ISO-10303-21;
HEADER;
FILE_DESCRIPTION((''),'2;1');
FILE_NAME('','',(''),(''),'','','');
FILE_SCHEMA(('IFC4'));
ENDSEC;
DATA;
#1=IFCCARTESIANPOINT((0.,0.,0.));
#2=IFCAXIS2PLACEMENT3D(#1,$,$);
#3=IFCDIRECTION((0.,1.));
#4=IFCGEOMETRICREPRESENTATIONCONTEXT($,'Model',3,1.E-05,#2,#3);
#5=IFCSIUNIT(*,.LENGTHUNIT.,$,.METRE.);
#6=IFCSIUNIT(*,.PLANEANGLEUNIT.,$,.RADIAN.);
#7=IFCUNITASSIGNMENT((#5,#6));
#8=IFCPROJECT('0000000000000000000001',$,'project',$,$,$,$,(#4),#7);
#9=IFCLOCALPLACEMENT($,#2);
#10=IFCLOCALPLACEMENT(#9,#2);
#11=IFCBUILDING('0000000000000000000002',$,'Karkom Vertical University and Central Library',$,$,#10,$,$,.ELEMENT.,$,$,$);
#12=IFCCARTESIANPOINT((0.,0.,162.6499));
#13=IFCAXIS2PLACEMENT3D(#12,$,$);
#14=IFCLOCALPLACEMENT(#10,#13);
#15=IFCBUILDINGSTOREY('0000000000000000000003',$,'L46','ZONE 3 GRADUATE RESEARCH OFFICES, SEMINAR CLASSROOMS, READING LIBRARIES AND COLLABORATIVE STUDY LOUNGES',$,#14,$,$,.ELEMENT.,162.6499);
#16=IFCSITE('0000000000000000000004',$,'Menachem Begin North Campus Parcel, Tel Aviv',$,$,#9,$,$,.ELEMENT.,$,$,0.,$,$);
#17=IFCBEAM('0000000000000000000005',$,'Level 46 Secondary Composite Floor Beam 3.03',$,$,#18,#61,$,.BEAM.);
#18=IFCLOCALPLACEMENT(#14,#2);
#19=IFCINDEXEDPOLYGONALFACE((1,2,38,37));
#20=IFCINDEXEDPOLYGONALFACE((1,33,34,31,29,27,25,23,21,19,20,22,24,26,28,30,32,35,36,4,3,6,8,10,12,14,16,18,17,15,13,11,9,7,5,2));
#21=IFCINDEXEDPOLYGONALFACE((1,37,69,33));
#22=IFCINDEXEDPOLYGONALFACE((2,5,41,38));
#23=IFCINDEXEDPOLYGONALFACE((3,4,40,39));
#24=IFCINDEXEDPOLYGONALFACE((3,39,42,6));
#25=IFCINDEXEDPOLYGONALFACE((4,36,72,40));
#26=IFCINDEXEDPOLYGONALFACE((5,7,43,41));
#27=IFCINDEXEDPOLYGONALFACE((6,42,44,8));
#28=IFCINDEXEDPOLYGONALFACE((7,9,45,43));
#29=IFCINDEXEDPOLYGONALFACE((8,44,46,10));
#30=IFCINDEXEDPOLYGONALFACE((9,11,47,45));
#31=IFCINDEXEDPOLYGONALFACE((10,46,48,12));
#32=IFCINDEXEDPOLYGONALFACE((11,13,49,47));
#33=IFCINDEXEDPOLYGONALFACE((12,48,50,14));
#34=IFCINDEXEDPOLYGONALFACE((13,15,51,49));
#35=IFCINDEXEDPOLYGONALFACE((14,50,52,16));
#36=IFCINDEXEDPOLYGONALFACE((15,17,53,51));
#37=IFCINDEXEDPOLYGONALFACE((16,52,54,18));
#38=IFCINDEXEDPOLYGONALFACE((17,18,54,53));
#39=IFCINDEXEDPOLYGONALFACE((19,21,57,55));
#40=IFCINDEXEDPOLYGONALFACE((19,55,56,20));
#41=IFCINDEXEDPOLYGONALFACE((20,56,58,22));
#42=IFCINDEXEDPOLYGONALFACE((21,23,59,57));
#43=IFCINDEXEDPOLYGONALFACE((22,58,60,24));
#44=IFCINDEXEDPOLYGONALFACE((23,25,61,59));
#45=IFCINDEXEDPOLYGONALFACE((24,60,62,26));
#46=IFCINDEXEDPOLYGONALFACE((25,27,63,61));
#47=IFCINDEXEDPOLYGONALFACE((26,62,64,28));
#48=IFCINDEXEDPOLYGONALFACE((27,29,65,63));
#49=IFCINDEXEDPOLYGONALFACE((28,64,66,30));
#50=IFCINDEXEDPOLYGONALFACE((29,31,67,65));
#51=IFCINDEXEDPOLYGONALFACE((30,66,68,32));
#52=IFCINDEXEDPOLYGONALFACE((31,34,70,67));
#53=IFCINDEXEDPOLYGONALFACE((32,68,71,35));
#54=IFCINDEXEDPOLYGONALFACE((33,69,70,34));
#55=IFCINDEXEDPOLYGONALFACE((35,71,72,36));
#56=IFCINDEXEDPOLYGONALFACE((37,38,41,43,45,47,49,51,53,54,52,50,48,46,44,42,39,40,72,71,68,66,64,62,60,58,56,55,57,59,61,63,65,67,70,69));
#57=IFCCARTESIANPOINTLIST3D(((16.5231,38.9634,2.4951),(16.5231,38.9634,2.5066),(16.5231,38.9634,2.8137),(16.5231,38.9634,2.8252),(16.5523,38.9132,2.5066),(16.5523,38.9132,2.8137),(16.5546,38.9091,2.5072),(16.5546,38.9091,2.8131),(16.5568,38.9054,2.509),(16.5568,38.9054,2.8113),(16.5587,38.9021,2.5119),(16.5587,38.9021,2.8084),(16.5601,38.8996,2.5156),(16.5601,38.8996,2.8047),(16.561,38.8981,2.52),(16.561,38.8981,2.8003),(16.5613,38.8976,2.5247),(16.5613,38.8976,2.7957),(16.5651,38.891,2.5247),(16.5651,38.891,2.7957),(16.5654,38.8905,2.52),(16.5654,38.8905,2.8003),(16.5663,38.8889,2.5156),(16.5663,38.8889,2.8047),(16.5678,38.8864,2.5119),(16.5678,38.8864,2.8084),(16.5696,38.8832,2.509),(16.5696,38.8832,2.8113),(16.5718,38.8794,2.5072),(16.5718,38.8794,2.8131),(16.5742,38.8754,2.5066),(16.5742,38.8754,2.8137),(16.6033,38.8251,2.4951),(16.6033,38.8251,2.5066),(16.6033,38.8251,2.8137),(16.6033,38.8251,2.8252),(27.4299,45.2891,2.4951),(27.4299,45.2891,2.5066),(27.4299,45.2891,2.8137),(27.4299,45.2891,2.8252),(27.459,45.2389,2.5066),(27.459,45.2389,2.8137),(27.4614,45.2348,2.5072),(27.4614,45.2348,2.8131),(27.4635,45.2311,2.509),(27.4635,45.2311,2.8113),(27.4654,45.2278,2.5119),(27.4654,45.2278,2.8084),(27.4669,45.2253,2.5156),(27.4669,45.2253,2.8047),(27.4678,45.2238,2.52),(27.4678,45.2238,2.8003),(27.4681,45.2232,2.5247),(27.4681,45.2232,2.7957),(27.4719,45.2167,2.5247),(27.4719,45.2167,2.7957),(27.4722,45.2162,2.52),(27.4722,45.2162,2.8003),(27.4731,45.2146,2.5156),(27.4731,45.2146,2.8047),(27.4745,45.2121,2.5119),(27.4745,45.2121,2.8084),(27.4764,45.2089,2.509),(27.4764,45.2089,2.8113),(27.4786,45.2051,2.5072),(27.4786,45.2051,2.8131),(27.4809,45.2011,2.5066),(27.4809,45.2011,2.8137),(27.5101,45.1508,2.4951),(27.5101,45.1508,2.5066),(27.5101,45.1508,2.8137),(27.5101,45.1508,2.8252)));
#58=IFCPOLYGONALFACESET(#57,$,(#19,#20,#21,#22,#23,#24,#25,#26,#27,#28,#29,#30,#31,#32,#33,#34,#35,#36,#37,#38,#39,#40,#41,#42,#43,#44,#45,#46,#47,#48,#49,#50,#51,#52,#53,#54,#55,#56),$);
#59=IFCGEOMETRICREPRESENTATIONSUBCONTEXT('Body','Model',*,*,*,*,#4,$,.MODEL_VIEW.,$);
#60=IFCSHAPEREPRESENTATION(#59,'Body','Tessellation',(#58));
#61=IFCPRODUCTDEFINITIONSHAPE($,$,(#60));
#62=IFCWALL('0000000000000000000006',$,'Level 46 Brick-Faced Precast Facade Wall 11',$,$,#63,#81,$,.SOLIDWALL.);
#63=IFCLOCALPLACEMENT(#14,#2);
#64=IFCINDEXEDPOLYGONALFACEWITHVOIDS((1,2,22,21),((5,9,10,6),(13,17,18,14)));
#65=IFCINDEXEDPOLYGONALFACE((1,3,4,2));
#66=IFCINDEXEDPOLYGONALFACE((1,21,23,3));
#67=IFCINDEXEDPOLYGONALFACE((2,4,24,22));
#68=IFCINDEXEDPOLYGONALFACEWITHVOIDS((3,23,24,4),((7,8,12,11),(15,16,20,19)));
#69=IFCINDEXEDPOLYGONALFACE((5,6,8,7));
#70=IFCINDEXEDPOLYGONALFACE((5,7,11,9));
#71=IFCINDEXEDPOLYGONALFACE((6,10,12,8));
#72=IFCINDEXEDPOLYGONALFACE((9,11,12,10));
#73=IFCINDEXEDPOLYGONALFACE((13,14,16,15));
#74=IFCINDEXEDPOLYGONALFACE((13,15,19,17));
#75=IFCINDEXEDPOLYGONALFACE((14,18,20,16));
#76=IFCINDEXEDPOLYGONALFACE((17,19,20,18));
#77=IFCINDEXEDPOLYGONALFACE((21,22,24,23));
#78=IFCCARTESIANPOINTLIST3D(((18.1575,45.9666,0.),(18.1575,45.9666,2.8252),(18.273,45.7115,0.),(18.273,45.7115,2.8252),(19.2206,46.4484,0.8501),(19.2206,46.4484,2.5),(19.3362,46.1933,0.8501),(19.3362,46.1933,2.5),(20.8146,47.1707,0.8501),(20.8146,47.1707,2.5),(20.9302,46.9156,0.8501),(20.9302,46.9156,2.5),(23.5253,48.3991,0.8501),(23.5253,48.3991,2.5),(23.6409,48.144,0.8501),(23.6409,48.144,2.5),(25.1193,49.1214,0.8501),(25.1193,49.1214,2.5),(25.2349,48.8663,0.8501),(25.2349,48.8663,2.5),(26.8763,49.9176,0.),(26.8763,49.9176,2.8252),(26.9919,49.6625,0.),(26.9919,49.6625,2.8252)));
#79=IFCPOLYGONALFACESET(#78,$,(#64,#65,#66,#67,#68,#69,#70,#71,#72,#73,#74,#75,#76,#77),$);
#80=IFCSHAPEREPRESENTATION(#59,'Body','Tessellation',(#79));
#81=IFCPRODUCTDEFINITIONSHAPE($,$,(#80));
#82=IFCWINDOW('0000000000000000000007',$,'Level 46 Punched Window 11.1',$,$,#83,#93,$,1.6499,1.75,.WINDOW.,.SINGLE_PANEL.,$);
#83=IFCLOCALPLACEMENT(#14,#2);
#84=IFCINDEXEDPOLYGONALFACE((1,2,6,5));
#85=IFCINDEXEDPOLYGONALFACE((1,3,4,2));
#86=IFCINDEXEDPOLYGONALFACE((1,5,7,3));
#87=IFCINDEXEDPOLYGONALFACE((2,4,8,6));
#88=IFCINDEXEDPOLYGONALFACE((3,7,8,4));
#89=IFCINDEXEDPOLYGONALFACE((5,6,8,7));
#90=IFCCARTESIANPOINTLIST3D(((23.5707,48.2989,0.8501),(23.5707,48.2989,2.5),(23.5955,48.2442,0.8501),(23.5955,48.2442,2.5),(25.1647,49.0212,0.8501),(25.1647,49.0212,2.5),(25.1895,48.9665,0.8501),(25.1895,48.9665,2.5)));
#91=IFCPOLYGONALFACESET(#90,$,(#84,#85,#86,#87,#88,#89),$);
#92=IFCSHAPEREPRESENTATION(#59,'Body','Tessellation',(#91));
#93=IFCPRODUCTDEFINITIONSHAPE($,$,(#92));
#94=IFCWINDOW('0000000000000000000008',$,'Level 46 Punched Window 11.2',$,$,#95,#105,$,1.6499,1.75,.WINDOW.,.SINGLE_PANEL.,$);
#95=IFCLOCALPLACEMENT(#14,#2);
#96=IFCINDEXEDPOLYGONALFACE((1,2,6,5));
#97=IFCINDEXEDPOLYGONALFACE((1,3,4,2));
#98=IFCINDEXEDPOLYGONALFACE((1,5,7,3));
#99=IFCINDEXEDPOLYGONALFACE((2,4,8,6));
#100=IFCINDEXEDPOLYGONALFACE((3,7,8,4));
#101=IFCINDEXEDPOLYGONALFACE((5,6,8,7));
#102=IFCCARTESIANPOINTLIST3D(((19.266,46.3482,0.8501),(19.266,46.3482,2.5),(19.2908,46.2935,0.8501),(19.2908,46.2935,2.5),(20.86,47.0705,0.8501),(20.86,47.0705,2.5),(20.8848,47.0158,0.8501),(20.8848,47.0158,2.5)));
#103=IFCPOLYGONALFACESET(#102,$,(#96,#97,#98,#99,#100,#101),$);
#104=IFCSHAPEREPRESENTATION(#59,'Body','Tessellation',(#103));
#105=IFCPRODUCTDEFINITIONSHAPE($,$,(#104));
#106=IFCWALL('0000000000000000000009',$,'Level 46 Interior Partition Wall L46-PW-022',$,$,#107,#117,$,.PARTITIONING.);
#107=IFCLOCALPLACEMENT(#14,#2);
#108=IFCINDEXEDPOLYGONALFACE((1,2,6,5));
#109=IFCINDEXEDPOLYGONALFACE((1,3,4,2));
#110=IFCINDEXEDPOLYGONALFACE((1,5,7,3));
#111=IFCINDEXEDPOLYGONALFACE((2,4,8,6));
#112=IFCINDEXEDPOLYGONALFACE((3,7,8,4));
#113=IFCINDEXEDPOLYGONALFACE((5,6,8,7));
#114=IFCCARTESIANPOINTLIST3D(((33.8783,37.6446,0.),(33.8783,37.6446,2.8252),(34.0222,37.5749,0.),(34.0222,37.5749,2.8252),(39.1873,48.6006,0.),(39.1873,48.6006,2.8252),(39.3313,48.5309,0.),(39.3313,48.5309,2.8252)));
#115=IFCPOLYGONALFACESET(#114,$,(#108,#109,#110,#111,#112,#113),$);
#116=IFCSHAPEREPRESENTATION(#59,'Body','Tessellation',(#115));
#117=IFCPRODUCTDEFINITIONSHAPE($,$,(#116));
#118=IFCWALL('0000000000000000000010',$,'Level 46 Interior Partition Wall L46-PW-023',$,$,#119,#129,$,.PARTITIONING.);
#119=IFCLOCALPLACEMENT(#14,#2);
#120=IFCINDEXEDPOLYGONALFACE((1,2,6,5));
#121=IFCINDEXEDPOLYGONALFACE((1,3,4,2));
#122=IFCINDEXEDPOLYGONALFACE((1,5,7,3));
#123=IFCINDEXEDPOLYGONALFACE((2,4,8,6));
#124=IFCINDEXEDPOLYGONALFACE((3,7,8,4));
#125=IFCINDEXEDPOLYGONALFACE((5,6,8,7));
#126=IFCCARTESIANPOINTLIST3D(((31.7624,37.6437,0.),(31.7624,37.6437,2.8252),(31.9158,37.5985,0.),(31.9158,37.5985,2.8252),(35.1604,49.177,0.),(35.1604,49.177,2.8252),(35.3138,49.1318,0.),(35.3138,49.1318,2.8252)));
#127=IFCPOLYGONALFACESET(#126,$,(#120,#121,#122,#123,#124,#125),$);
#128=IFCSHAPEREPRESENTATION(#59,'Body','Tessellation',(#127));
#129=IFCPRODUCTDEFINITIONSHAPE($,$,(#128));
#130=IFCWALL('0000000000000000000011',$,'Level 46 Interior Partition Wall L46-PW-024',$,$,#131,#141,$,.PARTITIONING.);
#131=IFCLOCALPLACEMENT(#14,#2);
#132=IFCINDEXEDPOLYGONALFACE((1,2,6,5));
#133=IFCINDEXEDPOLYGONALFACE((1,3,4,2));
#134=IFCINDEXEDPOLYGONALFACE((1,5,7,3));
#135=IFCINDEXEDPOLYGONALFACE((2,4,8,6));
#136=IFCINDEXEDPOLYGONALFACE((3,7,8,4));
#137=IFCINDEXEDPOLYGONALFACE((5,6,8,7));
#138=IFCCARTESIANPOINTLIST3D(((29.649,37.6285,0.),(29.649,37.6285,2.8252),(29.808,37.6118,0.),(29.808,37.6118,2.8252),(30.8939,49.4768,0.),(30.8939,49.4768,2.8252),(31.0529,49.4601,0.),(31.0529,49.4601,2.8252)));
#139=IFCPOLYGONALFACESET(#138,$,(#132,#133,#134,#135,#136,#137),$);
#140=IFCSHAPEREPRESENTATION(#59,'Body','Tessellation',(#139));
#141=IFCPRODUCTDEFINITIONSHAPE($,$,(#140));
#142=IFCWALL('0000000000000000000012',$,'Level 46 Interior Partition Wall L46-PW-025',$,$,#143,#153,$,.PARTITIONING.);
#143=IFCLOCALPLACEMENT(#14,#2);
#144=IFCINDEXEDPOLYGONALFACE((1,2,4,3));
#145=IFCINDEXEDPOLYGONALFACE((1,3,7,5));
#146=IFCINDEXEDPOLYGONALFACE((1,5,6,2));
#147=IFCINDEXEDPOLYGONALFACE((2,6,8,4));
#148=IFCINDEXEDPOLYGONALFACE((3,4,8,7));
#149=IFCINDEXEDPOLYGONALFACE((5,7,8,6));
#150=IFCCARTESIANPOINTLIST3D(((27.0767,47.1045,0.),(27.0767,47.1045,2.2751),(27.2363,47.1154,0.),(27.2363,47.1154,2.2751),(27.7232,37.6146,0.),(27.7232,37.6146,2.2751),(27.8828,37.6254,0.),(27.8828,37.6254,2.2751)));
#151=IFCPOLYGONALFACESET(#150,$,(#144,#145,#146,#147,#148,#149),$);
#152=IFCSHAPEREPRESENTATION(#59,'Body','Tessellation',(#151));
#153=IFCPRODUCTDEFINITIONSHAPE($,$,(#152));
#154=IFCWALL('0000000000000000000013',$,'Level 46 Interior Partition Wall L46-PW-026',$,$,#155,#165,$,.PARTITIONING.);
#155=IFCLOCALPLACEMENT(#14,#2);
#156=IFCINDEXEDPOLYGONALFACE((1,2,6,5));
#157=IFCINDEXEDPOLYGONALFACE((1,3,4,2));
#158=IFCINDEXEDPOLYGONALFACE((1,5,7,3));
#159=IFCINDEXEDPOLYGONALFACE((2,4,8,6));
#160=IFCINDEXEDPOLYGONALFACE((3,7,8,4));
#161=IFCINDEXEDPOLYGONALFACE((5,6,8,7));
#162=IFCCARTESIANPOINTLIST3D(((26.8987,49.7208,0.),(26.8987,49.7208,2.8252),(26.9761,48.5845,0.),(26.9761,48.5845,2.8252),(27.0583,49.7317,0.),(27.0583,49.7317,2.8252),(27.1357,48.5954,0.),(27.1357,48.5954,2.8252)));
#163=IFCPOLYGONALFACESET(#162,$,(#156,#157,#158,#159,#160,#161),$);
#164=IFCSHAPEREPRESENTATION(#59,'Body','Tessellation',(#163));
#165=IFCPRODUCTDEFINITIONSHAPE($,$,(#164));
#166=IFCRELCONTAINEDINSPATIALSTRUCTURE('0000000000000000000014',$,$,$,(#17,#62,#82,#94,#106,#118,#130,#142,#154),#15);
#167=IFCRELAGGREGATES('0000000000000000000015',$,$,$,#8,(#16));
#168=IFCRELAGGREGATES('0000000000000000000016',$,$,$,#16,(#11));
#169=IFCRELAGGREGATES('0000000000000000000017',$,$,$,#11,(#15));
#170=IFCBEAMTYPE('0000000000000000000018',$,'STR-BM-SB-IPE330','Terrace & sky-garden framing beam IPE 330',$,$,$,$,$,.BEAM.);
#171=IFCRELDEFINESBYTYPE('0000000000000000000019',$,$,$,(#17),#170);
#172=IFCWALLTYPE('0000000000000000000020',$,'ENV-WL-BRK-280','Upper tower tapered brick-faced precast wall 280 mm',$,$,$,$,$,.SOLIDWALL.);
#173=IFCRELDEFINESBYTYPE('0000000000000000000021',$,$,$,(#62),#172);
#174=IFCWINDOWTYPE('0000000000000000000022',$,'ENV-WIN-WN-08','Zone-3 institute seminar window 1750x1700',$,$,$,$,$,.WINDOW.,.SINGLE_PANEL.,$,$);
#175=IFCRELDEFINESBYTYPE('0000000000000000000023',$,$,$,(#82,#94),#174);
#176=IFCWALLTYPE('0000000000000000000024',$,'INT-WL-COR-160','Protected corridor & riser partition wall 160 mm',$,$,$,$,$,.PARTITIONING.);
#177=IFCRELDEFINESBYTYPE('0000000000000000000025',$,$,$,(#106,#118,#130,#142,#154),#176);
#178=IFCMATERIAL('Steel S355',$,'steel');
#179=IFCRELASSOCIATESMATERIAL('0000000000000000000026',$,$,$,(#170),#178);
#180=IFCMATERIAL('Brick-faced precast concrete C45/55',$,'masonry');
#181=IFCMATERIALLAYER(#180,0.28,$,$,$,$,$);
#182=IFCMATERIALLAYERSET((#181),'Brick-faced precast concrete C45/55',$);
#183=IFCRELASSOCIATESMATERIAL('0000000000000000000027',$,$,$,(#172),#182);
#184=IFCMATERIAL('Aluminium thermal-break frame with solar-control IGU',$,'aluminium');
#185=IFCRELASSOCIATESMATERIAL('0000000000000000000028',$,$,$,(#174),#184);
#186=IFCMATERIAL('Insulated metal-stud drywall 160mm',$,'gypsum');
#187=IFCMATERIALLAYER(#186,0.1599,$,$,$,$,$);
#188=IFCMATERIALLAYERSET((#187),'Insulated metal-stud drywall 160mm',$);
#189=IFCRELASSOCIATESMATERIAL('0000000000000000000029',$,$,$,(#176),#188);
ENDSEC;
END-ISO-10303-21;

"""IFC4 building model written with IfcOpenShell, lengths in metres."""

from ifc_helpers import new_model, si_unit, direction, frame, frame_2d, origin, origin_with_axes, origin_2d, place, context, subcontext, project, spatial, rectangle, i_section, extrude, source, transform, mapped, material, layer, layer_set, material_profile, profile_set, type_object, element, fill, save


model = new_model("IFC4")

# Units and contexts
model_context = context("Model", 3, precision=1e-05, world=origin(), true_north=direction((0.0, 1.0)))
body_context = subcontext(model_context, "Body", "Model", "MODEL_VIEW")
ifc_project = project(units=[si_unit("LENGTHUNIT", "METRE"), si_unit("PLANEANGLEUNIT", "RADIAN")], contexts=[model_context])

# Site, building, storey
site_placement = place(None, origin())
site = spatial("IfcSite", under=ifc_project, at=site_placement, Name="Menachem Begin North Campus Parcel, Tel Aviv", CompositionType="ELEMENT", RefElevation=0.0)
building_placement = place(site_placement, origin())
building = spatial("IfcBuilding", under=site, at=building_placement, Name="Karkom Vertical University and Central Library", CompositionType="ELEMENT")
storey_placement = place(building_placement, frame((0.0, 0.0, 162.6499)))
storey = spatial("IfcBuildingStorey", under=building, at=storey_placement, Name="L46", Description="ZONE 3 GRADUATE RESEARCH OFFICES, SEMINAR CLASSROOMS, READING LIBRARIES AND COLLABORATIVE STUDY LOUNGES", CompositionType="ELEMENT", Elevation=162.6499)

# Beam
ifc_material_1 = material(Name="Steel S355", Category="steel")
ifc_material_profile_1 = material_profile(ifc_material_1, i_section(OverallWidth=0.1599, OverallDepth=0.3301, WebThickness=0.0076, FlangeThickness=0.0115, FilletRadius=0.0181, at=origin_2d()), Name="IPE 330")
ifc_profile_set_1 = profile_set([ifc_material_profile_1], Name="Steel S355")
beam_type_1 = type_object("IfcBeamType", Name="STR-BM-SB-IPE330", Description="Terrace & sky-garden framing beam IPE 330", PredefinedType="BEAM", material=ifc_profile_set_1)
shared_shape_1 = source(origin_with_axes(), body_context, "Body", "SweptSolid", [
    extrude(i_section(OverallWidth=0.1599, OverallDepth=0.3301, WebThickness=0.0076, FlangeThickness=0.0115, FilletRadius=0.0181, at=origin_2d()), origin(), (0.0, 0.0, 1.0), 12.6084),
])
beam_1_placement = place(storey_placement, frame((27.47, 45.22, 2.6602), z_axis=(-0.865039, -0.501705, 0.0), x_axis=(0.501705, -0.865039, 0.0)))
element("IfcBeam", 1, at=beam_1_placement, inside=storey, type_object=beam_type_1, Name="Level 46 Secondary Composite Floor Beam 3.03", PredefinedType="BEAM", context=body_context, shape_type="MappedRepresentation", body=[
    mapped(shared_shape_1, transform((0.0, 0.0, 0.0), scale=1.0)),
])

# Wall, openings, windows
ifc_material_2 = material(Name="Brick-faced precast concrete C45/55", Category="masonry")
ifc_layer_1 = layer(ifc_material_2, 0.28)
ifc_layer_set_1 = layer_set([ifc_layer_1], Name="Brick-faced precast concrete C45/55")
wall_type_1 = type_object("IfcWallType", Name="ENV-WL-BRK-280", Description="Upper tower tapered brick-faced precast wall 280 mm", PredefinedType="SOLIDWALL", material=ifc_layer_set_1)
wall_1_placement = place(storey_placement, frame((26.9341, 49.79, 0.0), z_axis=(0.0, 0.0, 1.0), x_axis=(-0.910844, -0.412752, 0.0)))
wall_1 = element("IfcWall", 2, at=wall_1_placement, inside=storey, type_object=wall_type_1, Name="Level 46 Brick-Faced Precast Facade Wall 11", PredefinedType="SOLIDWALL", context=body_context, shape_type="SweptSolid", body=[
    extrude(rectangle(XDim=9.5723, YDim=0.28, at=frame_2d((4.7861, 0.0))), origin(), (0.0, 0.0, 1.0), 2.8252),
])
opening_1_placement = place(wall_1_placement, frame((1.929, 0.0, 0.8501)))
opening_1 = element("IfcOpeningElement", 3, at=opening_1_placement, cuts=wall_1, PredefinedType="OPENING", context=body_context, shape_type="SweptSolid", body=[
    extrude(rectangle(XDim=1.75, YDim=1.6499, at=frame_2d((0.875, 0.825))), frame((0.0, 0.1499, 0.0), z_axis=(0.0, -1.0, 0.0), x_axis=(1.0, 0.0, 0.0)), (0.0, 0.0, 1.0), 0.3),
])
opening_2_placement = place(wall_1_placement, frame((6.655, 0.0, 0.8501)))
opening_2 = element("IfcOpeningElement", 4, at=opening_2_placement, cuts=wall_1, PredefinedType="OPENING", context=body_context, shape_type="SweptSolid", body=[
    extrude(rectangle(XDim=1.75, YDim=1.6499, at=frame_2d((0.875, 0.825))), frame((0.0, 0.1499, 0.0), z_axis=(0.0, -1.0, 0.0), x_axis=(1.0, 0.0, 0.0)), (0.0, 0.0, 1.0), 0.3),
])
ifc_material_3 = material(Name="Aluminium thermal-break frame with solar-control IGU", Category="aluminium")
window_type = type_object("IfcWindowType", Name="ENV-WIN-WN-08", Description="Zone-3 institute seminar window 1750x1700", PartitioningType="SINGLE_PANEL", PredefinedType="WINDOW", material=ifc_material_3)
shared_shape_2 = source(origin_with_axes(), body_context, "Body", "SweptSolid", [
    extrude(rectangle(XDim=1.75, YDim=1.6499, at=frame_2d((0.875, 0.825))), frame((0.0, 0.03, 0.0), z_axis=(0.0, -1.0, 0.0), x_axis=(1.0, 0.0, 0.0)), (0.0, 0.0, 1.0), 0.0601),
])
window_1_placement = place(opening_1_placement, origin())
window_1 = element("IfcWindow", 5, at=window_1_placement, inside=storey, type_object=window_type, Name="Level 46 Punched Window 11.1", OverallHeight=1.6499, OverallWidth=1.75, PartitioningType="SINGLE_PANEL", PredefinedType="WINDOW", context=body_context, shape_type="MappedRepresentation", body=[
    mapped(shared_shape_2, transform((0.0, 0.0, 0.0), scale=1.0)),
])
fill(opening_1, window_1)
window_2_placement = place(opening_2_placement, origin())
window_2 = element("IfcWindow", 6, at=window_2_placement, inside=storey, type_object=window_type, Name="Level 46 Punched Window 11.2", OverallHeight=1.6499, OverallWidth=1.75, PartitioningType="SINGLE_PANEL", PredefinedType="WINDOW", context=body_context, shape_type="MappedRepresentation", body=[
    mapped(shared_shape_2, transform((0.0, 0.0, 0.0), scale=1.0)),
])
fill(opening_2, window_2)

# Walls
ifc_material_4 = material(Name="Insulated metal-stud drywall 160mm", Category="gypsum")
ifc_layer_2 = layer(ifc_material_4, 0.1599)
ifc_layer_set_2 = layer_set([ifc_layer_2], Name="Insulated metal-stud drywall 160mm")
wall_type_2 = type_object("IfcWallType", Name="INT-WL-COR-160", Description="Protected corridor & riser partition wall 160 mm", PredefinedType="PARTITIONING", material=ifc_layer_set_2)
wall_2_placement = place(storey_placement, frame((33.9502, 37.6096, 0.0), z_axis=(0.0, 0.0, 1.0), x_axis=(0.436078, 0.899909, 0.0)))
element("IfcWall", 7, at=wall_2_placement, inside=storey, type_object=wall_type_2, Name="Level 46 Interior Partition Wall L46-PW-022", PredefinedType="PARTITIONING", context=body_context, shape_type="SweptSolid", body=[
    extrude(rectangle(XDim=12.1746, YDim=0.1599, at=frame_2d((6.0874, 0.0))), origin(), (0.0, 0.0, 1.0), 2.8252),
])
wall_3_placement = place(storey_placement, frame((31.8391, 37.6211, 0.0), z_axis=(0.0, 0.0, 1.0), x_axis=(0.282613, 0.959234, 0.0)))
element("IfcWall", 8, at=wall_3_placement, inside=storey, type_object=wall_type_2, Name="Level 46 Interior Partition Wall L46-PW-023", PredefinedType="PARTITIONING", context=body_context, shape_type="SweptSolid", body=[
    extrude(rectangle(XDim=12.0234, YDim=0.1599, at=frame_2d((6.0117, 0.0))), origin(), (0.0, 0.0, 1.0), 2.8252),
])
wall_4_placement = place(storey_placement, frame((29.7285, 37.6201, 0.0), z_axis=(0.0, 0.0, 1.0), x_axis=(0.104492, 0.994526, 0.0)))
element("IfcWall", 9, at=wall_4_placement, inside=storey, type_object=wall_type_2, Name="Level 46 Interior Partition Wall L46-PW-024", PredefinedType="PARTITIONING", context=body_context, shape_type="SweptSolid", body=[
    extrude(rectangle(XDim=11.9136, YDim=0.1599, at=frame_2d((5.9568, 0.0))), origin(), (0.0, 0.0, 1.0), 2.8252),
])
wall_5_placement = place(storey_placement, frame((27.803, 37.6201, 0.0), z_axis=(0.0, 0.0, 1.0), x_axis=(-0.067965, 0.997688, 0.0)))
element("IfcWall", 10, at=wall_5_placement, inside=storey, type_object=wall_type_2, Name="Level 46 Interior Partition Wall L46-PW-025", PredefinedType="PARTITIONING", context=body_context, shape_type="SweptSolid", body=[
    extrude(rectangle(XDim=9.512, YDim=0.1599, at=frame_2d((4.7559, 0.0))), origin(), (0.0, 0.0, 1.0), 2.2751),
])
wall_6_placement = place(storey_placement, frame((27.0559, 48.5901, 0.0), z_axis=(0.0, 0.0, 1.0), x_axis=(-0.067956, 0.997688, 0.0)))
element("IfcWall", 11, at=wall_6_placement, inside=storey, type_object=wall_type_2, Name="Level 46 Interior Partition Wall L46-PW-026", PredefinedType="PARTITIONING", context=body_context, shape_type="SweptSolid", body=[
    extrude(rectangle(XDim=1.1389, YDim=0.1599, at=frame_2d((0.5693, 0.0))), origin(), (0.0, 0.0, 1.0), 2.8252),
])

save(model, "model.ifc")
